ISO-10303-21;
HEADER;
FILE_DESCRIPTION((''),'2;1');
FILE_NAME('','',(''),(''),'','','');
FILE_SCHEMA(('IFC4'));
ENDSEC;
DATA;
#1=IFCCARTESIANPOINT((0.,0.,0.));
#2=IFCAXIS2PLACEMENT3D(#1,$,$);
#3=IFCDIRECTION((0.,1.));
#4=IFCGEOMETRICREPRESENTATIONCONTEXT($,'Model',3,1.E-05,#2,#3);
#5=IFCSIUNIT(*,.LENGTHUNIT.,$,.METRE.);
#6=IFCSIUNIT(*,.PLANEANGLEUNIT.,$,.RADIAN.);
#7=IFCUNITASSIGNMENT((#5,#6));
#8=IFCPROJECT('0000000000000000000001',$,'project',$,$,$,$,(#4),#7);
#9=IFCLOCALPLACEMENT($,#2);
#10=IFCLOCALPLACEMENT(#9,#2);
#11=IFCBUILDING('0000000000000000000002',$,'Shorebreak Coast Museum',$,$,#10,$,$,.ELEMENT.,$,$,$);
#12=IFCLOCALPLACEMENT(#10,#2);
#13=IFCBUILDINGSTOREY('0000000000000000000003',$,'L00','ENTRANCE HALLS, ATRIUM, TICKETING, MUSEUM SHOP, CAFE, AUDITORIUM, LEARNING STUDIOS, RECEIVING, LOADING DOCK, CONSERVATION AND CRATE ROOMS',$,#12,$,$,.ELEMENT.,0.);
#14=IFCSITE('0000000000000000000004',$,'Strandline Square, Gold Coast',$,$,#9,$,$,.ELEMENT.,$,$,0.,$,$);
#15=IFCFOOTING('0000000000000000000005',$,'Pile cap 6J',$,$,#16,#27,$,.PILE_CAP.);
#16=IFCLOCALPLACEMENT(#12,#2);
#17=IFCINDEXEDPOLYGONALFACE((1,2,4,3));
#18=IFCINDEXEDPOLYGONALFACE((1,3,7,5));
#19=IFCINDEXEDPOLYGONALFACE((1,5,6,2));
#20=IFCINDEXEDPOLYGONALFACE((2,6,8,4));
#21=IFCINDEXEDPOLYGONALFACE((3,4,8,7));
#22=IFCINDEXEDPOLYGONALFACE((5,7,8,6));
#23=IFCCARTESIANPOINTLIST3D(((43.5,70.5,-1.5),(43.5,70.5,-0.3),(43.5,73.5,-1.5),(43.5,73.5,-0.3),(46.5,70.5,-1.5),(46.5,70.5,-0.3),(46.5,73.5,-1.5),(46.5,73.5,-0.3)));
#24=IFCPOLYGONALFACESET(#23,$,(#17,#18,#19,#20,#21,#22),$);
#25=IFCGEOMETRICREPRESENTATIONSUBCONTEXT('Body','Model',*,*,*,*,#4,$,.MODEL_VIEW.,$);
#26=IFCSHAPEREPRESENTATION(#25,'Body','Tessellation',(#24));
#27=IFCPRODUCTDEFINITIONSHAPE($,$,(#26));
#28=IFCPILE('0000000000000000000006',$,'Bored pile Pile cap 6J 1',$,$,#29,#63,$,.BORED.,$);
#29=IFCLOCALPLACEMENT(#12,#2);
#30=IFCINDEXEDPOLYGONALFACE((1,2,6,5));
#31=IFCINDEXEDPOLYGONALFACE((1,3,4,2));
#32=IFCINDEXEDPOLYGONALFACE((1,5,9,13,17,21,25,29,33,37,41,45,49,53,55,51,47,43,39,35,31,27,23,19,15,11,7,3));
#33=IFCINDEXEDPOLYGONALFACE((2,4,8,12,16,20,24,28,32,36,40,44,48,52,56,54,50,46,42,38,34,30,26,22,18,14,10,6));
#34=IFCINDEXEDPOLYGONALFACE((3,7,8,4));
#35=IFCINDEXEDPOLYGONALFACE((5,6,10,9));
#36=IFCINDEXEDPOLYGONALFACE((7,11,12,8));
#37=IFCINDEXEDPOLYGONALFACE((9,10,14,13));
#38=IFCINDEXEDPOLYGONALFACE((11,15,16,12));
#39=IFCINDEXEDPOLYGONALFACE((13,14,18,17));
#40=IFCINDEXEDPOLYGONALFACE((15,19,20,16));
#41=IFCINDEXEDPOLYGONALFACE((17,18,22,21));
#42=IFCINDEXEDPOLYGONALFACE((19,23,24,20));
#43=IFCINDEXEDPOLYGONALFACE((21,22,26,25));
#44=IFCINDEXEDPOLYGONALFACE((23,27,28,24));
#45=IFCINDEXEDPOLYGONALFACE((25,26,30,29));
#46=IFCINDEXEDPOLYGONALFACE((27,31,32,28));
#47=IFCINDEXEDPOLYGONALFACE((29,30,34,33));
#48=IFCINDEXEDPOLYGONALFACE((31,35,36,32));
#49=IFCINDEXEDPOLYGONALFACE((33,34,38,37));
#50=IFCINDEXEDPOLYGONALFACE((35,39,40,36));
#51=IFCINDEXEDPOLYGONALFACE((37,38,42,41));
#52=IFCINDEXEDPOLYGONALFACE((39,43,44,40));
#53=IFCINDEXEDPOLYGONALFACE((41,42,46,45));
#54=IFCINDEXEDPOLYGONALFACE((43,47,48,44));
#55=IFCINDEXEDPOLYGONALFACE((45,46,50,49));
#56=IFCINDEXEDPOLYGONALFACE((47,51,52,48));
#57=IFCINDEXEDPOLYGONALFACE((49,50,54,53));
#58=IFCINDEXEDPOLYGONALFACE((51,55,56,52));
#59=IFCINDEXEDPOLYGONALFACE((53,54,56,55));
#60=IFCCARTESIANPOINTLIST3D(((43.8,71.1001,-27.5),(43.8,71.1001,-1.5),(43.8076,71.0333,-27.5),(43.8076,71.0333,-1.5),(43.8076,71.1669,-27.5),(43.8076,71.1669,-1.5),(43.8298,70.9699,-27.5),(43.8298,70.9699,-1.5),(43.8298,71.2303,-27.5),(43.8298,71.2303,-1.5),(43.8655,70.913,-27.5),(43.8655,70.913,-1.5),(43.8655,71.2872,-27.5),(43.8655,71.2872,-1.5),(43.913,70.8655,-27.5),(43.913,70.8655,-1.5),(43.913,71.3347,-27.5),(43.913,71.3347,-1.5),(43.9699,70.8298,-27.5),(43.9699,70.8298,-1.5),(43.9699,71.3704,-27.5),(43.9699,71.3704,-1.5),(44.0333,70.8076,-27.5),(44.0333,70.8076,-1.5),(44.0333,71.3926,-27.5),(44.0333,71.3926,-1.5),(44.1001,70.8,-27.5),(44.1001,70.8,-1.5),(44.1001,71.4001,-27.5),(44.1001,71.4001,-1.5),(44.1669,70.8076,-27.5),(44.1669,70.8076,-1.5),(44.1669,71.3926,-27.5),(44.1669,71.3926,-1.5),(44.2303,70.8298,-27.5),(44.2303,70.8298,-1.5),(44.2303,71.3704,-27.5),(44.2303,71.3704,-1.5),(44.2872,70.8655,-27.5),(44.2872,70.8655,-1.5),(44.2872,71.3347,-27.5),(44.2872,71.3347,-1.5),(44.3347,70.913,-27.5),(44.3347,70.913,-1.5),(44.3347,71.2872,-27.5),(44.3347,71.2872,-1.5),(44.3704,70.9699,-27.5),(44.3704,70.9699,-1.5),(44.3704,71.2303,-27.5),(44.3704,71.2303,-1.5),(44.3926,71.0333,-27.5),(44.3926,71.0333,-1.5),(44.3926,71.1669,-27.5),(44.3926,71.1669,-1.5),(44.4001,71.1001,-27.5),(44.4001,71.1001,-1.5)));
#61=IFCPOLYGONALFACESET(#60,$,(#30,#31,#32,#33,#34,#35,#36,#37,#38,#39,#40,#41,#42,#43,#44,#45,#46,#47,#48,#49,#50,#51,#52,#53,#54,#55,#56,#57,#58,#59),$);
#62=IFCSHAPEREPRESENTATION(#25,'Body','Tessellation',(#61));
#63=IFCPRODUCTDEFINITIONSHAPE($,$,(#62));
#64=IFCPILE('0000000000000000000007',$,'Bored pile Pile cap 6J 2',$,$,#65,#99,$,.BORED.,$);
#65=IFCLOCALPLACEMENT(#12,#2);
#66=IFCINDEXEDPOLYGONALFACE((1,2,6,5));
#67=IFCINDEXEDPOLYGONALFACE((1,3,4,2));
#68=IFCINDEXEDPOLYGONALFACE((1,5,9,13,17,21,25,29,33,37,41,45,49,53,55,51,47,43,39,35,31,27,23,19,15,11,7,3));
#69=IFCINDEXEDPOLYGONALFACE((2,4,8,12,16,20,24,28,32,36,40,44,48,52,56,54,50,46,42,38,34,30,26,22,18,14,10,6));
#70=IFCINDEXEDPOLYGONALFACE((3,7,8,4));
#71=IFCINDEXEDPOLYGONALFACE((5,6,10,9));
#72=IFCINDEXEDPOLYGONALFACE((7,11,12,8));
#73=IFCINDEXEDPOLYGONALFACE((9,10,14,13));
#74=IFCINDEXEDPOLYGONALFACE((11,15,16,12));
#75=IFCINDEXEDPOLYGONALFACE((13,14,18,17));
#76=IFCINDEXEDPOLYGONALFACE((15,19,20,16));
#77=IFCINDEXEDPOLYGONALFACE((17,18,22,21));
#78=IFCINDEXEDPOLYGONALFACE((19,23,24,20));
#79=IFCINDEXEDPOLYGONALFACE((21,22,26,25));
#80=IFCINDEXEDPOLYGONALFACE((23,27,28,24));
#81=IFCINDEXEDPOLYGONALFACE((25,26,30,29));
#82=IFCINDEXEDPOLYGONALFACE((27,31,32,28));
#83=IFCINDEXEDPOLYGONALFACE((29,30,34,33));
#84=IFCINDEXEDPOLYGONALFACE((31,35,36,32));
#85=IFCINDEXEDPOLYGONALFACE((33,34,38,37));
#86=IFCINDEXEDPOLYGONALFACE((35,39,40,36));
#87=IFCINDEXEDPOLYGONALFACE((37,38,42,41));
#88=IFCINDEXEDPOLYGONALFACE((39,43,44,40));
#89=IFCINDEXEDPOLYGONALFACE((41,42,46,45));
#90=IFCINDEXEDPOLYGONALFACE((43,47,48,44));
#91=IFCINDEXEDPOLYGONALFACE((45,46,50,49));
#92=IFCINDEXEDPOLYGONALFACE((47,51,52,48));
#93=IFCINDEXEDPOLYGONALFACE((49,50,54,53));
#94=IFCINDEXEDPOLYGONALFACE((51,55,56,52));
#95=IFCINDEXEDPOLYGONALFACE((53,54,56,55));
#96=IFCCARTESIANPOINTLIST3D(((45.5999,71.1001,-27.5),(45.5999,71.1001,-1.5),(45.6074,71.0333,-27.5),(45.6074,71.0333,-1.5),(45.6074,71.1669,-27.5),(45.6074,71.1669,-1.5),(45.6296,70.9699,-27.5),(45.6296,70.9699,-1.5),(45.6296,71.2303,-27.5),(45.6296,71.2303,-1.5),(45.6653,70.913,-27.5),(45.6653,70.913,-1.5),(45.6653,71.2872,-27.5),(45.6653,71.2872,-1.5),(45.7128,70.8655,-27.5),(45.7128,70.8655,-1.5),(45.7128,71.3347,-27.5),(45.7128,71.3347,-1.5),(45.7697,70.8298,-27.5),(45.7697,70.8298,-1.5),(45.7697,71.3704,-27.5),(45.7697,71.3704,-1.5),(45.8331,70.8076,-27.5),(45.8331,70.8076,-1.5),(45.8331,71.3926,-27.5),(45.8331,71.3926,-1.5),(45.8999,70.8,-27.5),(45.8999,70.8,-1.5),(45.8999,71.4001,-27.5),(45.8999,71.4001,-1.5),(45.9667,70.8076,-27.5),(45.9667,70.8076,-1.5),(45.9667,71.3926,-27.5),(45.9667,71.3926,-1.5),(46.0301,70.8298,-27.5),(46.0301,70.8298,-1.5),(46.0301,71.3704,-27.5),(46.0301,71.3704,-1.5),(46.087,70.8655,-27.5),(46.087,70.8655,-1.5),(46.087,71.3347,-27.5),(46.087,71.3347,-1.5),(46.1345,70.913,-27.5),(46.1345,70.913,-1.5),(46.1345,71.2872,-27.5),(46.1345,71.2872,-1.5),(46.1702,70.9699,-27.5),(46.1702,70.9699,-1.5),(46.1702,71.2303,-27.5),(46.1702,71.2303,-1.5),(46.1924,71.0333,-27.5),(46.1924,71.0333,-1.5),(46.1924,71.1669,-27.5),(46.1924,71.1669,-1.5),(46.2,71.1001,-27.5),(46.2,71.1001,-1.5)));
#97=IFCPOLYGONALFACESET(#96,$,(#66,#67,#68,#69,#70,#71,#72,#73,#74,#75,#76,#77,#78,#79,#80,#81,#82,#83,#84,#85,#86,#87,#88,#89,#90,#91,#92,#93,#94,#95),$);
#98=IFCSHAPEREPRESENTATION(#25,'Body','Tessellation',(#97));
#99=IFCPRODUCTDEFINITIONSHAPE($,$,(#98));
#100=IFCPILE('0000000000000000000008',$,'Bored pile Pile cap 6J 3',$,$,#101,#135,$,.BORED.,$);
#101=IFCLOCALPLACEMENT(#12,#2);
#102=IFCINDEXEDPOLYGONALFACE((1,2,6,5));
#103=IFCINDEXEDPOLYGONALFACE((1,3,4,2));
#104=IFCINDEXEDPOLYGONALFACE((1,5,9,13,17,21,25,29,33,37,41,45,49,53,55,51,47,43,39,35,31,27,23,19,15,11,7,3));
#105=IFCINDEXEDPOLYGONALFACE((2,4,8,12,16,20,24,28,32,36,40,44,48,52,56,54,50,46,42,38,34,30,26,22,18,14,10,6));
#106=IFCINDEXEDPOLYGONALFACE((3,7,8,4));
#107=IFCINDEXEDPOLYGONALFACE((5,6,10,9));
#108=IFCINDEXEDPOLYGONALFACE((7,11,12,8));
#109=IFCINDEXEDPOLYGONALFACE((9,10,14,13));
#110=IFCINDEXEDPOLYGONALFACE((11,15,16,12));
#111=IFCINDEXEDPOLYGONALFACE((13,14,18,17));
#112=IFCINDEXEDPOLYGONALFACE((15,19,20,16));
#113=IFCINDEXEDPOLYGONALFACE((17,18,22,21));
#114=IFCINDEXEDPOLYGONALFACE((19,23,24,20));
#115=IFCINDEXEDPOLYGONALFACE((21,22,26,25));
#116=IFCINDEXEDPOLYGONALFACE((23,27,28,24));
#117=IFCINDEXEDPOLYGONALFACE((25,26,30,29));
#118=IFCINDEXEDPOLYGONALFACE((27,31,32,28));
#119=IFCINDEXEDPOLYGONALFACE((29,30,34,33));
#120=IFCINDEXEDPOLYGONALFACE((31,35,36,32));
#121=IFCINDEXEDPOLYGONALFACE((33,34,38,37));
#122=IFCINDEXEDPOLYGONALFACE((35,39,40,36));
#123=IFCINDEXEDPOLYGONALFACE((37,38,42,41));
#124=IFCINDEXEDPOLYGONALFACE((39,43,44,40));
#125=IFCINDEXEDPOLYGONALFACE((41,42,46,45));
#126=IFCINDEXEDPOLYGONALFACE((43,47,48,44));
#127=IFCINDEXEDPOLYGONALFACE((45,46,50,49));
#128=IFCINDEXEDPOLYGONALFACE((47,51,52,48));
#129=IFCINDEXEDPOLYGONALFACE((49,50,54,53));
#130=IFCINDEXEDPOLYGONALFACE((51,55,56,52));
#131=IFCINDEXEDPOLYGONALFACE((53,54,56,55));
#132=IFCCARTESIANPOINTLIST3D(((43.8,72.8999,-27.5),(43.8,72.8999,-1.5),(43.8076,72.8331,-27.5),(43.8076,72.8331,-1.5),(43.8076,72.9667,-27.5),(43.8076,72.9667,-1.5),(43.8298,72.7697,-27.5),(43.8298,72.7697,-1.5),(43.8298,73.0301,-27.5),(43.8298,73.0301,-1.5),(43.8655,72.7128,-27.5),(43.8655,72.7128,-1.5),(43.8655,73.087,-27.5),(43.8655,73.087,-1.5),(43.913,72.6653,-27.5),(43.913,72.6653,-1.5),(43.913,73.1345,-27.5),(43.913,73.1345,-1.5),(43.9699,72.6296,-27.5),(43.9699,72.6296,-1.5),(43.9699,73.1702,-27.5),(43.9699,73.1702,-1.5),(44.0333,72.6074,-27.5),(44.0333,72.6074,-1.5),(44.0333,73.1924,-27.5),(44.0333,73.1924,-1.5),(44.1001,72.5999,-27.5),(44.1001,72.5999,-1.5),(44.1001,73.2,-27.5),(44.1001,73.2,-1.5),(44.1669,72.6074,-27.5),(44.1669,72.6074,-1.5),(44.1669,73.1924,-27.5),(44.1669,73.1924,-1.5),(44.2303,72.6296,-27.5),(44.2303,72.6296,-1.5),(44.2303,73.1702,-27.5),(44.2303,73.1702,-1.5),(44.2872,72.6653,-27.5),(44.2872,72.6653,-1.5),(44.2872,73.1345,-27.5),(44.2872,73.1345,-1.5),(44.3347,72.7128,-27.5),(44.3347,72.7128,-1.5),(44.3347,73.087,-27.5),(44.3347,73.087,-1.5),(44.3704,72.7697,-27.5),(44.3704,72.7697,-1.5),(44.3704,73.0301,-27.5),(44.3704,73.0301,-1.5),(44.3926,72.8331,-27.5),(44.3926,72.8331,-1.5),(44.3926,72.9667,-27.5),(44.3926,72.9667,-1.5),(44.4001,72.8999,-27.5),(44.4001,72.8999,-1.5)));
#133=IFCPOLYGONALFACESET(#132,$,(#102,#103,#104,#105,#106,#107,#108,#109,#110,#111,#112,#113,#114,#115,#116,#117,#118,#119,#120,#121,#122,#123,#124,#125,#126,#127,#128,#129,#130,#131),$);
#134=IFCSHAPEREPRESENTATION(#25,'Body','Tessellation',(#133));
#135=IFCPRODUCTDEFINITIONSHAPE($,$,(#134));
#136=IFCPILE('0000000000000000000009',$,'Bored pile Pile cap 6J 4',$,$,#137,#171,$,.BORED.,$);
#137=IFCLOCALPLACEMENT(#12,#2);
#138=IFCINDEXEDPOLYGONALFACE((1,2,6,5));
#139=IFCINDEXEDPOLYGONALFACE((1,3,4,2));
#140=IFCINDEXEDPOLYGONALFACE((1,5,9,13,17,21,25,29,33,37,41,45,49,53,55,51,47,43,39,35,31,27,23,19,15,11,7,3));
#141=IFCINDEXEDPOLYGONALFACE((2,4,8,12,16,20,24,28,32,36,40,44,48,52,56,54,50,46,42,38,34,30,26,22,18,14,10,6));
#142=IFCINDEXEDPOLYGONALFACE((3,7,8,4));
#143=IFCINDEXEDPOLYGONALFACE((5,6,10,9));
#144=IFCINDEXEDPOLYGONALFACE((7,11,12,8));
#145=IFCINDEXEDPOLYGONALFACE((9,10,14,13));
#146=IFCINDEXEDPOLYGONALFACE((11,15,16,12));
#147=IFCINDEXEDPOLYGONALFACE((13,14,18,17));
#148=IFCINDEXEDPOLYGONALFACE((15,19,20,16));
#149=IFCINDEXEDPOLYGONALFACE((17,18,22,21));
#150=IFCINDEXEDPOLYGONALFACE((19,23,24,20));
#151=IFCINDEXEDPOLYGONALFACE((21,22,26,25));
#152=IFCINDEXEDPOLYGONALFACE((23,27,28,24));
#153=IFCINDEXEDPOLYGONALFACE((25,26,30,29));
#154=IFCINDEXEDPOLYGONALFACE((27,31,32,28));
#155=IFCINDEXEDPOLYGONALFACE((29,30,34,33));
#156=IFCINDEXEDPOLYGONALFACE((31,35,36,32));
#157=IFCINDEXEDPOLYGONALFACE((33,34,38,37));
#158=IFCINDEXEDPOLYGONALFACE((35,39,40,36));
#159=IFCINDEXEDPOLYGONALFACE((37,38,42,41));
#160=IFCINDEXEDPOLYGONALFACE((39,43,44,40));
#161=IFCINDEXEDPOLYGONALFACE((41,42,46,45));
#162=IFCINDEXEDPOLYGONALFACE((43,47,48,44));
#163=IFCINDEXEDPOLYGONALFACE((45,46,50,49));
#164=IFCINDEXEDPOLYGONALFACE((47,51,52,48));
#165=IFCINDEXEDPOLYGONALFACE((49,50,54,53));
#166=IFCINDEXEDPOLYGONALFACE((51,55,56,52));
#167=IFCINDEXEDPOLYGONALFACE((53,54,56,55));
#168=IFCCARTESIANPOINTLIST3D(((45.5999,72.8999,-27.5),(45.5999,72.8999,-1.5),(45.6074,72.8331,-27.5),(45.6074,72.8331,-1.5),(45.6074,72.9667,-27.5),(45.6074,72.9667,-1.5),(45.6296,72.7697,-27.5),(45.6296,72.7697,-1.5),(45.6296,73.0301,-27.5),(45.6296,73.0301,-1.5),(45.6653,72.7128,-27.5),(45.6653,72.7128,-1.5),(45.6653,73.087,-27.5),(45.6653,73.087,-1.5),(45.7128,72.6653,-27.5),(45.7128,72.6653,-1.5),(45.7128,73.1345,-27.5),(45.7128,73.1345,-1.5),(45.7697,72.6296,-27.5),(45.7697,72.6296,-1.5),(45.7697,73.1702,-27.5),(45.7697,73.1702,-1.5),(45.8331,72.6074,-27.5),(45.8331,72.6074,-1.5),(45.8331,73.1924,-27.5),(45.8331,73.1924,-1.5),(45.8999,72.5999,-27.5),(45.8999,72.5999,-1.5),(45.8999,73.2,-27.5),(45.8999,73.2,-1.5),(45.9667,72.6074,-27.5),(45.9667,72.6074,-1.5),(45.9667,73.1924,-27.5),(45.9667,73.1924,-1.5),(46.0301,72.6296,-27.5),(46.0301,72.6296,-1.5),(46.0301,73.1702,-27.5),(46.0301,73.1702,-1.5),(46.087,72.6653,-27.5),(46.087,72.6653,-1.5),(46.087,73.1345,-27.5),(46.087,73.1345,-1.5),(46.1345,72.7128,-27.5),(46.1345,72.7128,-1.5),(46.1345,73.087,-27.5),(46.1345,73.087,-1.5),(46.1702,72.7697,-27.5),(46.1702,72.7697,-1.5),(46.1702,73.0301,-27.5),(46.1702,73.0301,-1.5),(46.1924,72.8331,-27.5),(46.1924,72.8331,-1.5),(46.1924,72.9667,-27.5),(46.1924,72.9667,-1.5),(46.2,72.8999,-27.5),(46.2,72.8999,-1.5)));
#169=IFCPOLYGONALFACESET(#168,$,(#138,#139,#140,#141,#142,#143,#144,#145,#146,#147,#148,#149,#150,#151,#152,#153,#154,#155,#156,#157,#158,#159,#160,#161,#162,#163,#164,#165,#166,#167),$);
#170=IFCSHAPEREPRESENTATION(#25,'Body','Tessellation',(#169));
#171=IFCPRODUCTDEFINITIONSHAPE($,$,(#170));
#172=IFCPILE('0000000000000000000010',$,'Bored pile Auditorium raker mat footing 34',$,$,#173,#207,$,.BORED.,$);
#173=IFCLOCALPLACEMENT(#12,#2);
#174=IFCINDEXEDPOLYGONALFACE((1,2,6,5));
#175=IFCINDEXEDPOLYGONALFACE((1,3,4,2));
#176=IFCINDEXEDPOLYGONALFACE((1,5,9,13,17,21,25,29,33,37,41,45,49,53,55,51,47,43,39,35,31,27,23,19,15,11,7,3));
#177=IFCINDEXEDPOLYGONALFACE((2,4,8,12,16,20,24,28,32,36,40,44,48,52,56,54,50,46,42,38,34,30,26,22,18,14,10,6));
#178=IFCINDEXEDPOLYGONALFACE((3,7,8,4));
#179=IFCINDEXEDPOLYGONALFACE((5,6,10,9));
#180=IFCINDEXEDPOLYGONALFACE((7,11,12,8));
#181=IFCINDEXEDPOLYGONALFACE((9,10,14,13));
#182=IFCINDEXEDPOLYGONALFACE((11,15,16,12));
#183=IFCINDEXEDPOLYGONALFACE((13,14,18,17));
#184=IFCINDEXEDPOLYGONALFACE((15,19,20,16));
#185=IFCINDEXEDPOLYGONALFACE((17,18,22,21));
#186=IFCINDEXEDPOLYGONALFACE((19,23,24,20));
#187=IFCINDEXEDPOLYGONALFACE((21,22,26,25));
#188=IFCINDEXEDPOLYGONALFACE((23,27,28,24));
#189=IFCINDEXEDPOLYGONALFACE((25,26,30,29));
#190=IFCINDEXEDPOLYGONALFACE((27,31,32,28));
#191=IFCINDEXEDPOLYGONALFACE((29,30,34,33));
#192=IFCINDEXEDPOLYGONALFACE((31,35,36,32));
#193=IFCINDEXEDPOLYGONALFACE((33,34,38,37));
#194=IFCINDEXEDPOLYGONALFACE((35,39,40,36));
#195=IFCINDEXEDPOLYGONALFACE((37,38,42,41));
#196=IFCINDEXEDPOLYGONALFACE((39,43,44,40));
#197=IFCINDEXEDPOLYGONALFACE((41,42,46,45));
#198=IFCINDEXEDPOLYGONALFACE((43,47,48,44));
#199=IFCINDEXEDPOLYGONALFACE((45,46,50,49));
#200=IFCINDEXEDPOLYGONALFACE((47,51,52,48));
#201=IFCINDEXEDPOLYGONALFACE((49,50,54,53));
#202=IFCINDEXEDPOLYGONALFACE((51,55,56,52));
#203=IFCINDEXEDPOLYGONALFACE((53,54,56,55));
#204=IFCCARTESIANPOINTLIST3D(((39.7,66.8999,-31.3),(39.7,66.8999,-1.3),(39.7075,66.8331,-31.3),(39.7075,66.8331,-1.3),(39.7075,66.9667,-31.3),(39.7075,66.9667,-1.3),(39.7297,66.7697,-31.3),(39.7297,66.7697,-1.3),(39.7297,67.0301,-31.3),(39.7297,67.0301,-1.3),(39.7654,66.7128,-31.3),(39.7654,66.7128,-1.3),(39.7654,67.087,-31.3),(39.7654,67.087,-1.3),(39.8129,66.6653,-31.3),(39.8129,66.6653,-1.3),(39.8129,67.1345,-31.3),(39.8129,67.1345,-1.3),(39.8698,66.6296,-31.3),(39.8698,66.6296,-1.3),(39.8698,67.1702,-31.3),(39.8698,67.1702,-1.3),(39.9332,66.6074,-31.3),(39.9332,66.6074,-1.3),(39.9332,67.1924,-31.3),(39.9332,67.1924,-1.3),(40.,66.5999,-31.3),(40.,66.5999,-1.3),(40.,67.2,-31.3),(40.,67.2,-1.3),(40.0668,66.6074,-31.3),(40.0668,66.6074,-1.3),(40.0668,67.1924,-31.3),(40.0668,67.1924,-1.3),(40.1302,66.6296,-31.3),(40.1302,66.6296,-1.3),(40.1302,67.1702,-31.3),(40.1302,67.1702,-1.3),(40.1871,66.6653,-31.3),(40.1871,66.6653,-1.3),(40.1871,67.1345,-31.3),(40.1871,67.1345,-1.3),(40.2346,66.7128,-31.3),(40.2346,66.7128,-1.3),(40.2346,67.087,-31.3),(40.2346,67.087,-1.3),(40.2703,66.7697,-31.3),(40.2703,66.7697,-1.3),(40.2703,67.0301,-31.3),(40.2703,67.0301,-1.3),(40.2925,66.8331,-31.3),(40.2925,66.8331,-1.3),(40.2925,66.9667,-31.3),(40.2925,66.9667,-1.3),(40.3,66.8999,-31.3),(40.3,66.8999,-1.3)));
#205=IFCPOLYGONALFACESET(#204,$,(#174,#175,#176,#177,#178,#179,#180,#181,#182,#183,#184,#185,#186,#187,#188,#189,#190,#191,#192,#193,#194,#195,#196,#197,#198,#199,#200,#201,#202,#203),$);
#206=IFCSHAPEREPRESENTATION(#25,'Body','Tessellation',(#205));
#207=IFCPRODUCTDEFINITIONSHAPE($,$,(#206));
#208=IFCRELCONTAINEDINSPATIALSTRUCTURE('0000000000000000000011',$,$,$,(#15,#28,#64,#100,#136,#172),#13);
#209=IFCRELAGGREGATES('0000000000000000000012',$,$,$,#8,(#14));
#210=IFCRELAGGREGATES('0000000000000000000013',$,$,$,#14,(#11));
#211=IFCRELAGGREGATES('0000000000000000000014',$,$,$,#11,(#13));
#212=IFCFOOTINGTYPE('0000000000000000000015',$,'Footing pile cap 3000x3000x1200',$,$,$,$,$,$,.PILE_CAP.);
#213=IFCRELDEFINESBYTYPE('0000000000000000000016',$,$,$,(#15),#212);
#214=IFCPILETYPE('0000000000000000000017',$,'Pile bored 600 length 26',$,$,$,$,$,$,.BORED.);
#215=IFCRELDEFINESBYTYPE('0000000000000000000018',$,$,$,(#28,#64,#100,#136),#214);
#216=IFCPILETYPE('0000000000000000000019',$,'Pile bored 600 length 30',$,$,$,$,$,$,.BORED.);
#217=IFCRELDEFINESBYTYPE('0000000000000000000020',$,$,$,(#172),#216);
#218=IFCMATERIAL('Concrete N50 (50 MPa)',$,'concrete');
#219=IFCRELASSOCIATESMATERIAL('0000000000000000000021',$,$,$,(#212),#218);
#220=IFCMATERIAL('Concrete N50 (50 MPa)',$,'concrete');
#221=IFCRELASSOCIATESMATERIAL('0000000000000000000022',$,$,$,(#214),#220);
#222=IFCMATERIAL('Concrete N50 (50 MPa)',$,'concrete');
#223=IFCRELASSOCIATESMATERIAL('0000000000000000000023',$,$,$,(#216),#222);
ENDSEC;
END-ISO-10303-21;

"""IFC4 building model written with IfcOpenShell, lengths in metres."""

from ifc_helpers import new_model, si_unit, direction, frame, origin, origin_2d, place, context, subcontext, project, spatial, rectangle, circle, extrude, material, material_profile, profile_set, type_object, element, save


model = new_model("IFC4")

# Units and contexts
model_context = context("Model", 3, precision=1e-05, world=origin(), true_north=direction((0.0, 1.0)))
body_context = subcontext(model_context, "Body", "Model", "MODEL_VIEW")
ifc_project = project(units=[si_unit("LENGTHUNIT", "METRE"), si_unit("PLANEANGLEUNIT", "RADIAN")], contexts=[model_context])

# Site, building, storey
site_placement = place(None, origin())
site = spatial("IfcSite", under=ifc_project, at=site_placement, Name="Strandline Square, Gold Coast", CompositionType="ELEMENT", RefElevation=0.0)
building_placement = place(site_placement, origin())
building = spatial("IfcBuilding", under=site, at=building_placement, Name="Shorebreak Coast Museum", CompositionType="ELEMENT")
storey_placement = place(building_placement, origin())
storey = spatial("IfcBuildingStorey", under=building, at=storey_placement, Name="L00", Description="ENTRANCE HALLS, ATRIUM, TICKETING, MUSEUM SHOP, CAFE, AUDITORIUM, LEARNING STUDIOS, RECEIVING, LOADING DOCK, CONSERVATION AND CRATE ROOMS", CompositionType="ELEMENT", Elevation=0.0)

# Footing
ifc_material_1 = material(Name="Concrete N50 (50 MPa)", Category="concrete")
footing_type = type_object("IfcFootingType", Name="Footing pile cap 3000x3000x1200", PredefinedType="PILE_CAP", material=ifc_material_1)
footing_placement = place(storey_placement, frame((45.0, 72.0, -1.5), z_axis=(0.0, 0.0, 1.0), x_axis=(1.0, 0.0, 0.0)))
element("IfcFooting", 1, at=footing_placement, inside=storey, type_object=footing_type, Name="Pile cap 6J", PredefinedType="PILE_CAP", context=body_context, shape_type="SweptSolid", body=[
    extrude(rectangle(XDim=3.0, YDim=3.0, at=origin_2d()), origin(), (0.0, 0.0, 1.0), 1.2),
])

# Piles
ifc_material_2 = material(Name="Concrete N50 (50 MPa)", Category="concrete")
ifc_material_profile_1 = material_profile(ifc_material_2, circle(Radius=0.3, at=origin_2d()), Name="Pile bored 600 length 26")
ifc_profile_set_1 = profile_set([ifc_material_profile_1], Name="Concrete N50 (50 MPa)")
pile_type_1 = type_object("IfcPileType", Name="Pile bored 600 length 26", PredefinedType="BORED", material=ifc_profile_set_1)
for number, where, z_axis, x_axis, name in (
    (2, (44.1001, 71.1001, -1.5), (0.0, 0.0, -1.0), (1.0, 0.0, 0.0), "Bored pile Pile cap 6J 1"),
    (3, (45.8999, 71.1001, -1.5), (0.0, 0.0, -1.0), (1.0, 0.0, 0.0), "Bored pile Pile cap 6J 2"),
    (4, (44.1001, 72.8999, -1.5), (0.0, 0.0, -1.0), (1.0, 0.0, 0.0), "Bored pile Pile cap 6J 3"),
    (5, (45.8999, 72.8999, -1.5), (0.0, 0.0, -1.0), (1.0, 0.0, 0.0), "Bored pile Pile cap 6J 4"),
):
    element("IfcPile", number, at=place(storey_placement, frame(where, z_axis=z_axis, x_axis=x_axis)), inside=storey, type_object=pile_type_1, Name=name, PredefinedType="BORED", context=body_context, shape_type="SweptSolid", body=[
        extrude(circle(Radius=0.3, at=origin_2d()), origin(), (0.0, 0.0, 1.0), 26.0),
    ])
ifc_material_3 = material(Name="Concrete N50 (50 MPa)", Category="concrete")
ifc_material_profile_2 = material_profile(ifc_material_3, circle(Radius=0.3, at=origin_2d()), Name="Pile bored 600 length 30")
ifc_profile_set_2 = profile_set([ifc_material_profile_2], Name="Concrete N50 (50 MPa)")
pile_type_2 = type_object("IfcPileType", Name="Pile bored 600 length 30", PredefinedType="BORED", material=ifc_profile_set_2)
for number, where, z_axis, x_axis, name in (
    (6, (40.0, 66.8999, -1.3), (0.0, 0.0, -1.0), (1.0, 0.0, 0.0), "Bored pile Auditorium raker mat footing 34"),
):
    element("IfcPile", number, at=place(storey_placement, frame(where, z_axis=z_axis, x_axis=x_axis)), inside=storey, type_object=pile_type_2, Name=name, PredefinedType="BORED", context=body_context, shape_type="SweptSolid", body=[
        extrude(circle(Radius=0.3, at=origin_2d()), origin(), (0.0, 0.0, 1.0), 30.0),
    ])

save(model, "model.ifc")
